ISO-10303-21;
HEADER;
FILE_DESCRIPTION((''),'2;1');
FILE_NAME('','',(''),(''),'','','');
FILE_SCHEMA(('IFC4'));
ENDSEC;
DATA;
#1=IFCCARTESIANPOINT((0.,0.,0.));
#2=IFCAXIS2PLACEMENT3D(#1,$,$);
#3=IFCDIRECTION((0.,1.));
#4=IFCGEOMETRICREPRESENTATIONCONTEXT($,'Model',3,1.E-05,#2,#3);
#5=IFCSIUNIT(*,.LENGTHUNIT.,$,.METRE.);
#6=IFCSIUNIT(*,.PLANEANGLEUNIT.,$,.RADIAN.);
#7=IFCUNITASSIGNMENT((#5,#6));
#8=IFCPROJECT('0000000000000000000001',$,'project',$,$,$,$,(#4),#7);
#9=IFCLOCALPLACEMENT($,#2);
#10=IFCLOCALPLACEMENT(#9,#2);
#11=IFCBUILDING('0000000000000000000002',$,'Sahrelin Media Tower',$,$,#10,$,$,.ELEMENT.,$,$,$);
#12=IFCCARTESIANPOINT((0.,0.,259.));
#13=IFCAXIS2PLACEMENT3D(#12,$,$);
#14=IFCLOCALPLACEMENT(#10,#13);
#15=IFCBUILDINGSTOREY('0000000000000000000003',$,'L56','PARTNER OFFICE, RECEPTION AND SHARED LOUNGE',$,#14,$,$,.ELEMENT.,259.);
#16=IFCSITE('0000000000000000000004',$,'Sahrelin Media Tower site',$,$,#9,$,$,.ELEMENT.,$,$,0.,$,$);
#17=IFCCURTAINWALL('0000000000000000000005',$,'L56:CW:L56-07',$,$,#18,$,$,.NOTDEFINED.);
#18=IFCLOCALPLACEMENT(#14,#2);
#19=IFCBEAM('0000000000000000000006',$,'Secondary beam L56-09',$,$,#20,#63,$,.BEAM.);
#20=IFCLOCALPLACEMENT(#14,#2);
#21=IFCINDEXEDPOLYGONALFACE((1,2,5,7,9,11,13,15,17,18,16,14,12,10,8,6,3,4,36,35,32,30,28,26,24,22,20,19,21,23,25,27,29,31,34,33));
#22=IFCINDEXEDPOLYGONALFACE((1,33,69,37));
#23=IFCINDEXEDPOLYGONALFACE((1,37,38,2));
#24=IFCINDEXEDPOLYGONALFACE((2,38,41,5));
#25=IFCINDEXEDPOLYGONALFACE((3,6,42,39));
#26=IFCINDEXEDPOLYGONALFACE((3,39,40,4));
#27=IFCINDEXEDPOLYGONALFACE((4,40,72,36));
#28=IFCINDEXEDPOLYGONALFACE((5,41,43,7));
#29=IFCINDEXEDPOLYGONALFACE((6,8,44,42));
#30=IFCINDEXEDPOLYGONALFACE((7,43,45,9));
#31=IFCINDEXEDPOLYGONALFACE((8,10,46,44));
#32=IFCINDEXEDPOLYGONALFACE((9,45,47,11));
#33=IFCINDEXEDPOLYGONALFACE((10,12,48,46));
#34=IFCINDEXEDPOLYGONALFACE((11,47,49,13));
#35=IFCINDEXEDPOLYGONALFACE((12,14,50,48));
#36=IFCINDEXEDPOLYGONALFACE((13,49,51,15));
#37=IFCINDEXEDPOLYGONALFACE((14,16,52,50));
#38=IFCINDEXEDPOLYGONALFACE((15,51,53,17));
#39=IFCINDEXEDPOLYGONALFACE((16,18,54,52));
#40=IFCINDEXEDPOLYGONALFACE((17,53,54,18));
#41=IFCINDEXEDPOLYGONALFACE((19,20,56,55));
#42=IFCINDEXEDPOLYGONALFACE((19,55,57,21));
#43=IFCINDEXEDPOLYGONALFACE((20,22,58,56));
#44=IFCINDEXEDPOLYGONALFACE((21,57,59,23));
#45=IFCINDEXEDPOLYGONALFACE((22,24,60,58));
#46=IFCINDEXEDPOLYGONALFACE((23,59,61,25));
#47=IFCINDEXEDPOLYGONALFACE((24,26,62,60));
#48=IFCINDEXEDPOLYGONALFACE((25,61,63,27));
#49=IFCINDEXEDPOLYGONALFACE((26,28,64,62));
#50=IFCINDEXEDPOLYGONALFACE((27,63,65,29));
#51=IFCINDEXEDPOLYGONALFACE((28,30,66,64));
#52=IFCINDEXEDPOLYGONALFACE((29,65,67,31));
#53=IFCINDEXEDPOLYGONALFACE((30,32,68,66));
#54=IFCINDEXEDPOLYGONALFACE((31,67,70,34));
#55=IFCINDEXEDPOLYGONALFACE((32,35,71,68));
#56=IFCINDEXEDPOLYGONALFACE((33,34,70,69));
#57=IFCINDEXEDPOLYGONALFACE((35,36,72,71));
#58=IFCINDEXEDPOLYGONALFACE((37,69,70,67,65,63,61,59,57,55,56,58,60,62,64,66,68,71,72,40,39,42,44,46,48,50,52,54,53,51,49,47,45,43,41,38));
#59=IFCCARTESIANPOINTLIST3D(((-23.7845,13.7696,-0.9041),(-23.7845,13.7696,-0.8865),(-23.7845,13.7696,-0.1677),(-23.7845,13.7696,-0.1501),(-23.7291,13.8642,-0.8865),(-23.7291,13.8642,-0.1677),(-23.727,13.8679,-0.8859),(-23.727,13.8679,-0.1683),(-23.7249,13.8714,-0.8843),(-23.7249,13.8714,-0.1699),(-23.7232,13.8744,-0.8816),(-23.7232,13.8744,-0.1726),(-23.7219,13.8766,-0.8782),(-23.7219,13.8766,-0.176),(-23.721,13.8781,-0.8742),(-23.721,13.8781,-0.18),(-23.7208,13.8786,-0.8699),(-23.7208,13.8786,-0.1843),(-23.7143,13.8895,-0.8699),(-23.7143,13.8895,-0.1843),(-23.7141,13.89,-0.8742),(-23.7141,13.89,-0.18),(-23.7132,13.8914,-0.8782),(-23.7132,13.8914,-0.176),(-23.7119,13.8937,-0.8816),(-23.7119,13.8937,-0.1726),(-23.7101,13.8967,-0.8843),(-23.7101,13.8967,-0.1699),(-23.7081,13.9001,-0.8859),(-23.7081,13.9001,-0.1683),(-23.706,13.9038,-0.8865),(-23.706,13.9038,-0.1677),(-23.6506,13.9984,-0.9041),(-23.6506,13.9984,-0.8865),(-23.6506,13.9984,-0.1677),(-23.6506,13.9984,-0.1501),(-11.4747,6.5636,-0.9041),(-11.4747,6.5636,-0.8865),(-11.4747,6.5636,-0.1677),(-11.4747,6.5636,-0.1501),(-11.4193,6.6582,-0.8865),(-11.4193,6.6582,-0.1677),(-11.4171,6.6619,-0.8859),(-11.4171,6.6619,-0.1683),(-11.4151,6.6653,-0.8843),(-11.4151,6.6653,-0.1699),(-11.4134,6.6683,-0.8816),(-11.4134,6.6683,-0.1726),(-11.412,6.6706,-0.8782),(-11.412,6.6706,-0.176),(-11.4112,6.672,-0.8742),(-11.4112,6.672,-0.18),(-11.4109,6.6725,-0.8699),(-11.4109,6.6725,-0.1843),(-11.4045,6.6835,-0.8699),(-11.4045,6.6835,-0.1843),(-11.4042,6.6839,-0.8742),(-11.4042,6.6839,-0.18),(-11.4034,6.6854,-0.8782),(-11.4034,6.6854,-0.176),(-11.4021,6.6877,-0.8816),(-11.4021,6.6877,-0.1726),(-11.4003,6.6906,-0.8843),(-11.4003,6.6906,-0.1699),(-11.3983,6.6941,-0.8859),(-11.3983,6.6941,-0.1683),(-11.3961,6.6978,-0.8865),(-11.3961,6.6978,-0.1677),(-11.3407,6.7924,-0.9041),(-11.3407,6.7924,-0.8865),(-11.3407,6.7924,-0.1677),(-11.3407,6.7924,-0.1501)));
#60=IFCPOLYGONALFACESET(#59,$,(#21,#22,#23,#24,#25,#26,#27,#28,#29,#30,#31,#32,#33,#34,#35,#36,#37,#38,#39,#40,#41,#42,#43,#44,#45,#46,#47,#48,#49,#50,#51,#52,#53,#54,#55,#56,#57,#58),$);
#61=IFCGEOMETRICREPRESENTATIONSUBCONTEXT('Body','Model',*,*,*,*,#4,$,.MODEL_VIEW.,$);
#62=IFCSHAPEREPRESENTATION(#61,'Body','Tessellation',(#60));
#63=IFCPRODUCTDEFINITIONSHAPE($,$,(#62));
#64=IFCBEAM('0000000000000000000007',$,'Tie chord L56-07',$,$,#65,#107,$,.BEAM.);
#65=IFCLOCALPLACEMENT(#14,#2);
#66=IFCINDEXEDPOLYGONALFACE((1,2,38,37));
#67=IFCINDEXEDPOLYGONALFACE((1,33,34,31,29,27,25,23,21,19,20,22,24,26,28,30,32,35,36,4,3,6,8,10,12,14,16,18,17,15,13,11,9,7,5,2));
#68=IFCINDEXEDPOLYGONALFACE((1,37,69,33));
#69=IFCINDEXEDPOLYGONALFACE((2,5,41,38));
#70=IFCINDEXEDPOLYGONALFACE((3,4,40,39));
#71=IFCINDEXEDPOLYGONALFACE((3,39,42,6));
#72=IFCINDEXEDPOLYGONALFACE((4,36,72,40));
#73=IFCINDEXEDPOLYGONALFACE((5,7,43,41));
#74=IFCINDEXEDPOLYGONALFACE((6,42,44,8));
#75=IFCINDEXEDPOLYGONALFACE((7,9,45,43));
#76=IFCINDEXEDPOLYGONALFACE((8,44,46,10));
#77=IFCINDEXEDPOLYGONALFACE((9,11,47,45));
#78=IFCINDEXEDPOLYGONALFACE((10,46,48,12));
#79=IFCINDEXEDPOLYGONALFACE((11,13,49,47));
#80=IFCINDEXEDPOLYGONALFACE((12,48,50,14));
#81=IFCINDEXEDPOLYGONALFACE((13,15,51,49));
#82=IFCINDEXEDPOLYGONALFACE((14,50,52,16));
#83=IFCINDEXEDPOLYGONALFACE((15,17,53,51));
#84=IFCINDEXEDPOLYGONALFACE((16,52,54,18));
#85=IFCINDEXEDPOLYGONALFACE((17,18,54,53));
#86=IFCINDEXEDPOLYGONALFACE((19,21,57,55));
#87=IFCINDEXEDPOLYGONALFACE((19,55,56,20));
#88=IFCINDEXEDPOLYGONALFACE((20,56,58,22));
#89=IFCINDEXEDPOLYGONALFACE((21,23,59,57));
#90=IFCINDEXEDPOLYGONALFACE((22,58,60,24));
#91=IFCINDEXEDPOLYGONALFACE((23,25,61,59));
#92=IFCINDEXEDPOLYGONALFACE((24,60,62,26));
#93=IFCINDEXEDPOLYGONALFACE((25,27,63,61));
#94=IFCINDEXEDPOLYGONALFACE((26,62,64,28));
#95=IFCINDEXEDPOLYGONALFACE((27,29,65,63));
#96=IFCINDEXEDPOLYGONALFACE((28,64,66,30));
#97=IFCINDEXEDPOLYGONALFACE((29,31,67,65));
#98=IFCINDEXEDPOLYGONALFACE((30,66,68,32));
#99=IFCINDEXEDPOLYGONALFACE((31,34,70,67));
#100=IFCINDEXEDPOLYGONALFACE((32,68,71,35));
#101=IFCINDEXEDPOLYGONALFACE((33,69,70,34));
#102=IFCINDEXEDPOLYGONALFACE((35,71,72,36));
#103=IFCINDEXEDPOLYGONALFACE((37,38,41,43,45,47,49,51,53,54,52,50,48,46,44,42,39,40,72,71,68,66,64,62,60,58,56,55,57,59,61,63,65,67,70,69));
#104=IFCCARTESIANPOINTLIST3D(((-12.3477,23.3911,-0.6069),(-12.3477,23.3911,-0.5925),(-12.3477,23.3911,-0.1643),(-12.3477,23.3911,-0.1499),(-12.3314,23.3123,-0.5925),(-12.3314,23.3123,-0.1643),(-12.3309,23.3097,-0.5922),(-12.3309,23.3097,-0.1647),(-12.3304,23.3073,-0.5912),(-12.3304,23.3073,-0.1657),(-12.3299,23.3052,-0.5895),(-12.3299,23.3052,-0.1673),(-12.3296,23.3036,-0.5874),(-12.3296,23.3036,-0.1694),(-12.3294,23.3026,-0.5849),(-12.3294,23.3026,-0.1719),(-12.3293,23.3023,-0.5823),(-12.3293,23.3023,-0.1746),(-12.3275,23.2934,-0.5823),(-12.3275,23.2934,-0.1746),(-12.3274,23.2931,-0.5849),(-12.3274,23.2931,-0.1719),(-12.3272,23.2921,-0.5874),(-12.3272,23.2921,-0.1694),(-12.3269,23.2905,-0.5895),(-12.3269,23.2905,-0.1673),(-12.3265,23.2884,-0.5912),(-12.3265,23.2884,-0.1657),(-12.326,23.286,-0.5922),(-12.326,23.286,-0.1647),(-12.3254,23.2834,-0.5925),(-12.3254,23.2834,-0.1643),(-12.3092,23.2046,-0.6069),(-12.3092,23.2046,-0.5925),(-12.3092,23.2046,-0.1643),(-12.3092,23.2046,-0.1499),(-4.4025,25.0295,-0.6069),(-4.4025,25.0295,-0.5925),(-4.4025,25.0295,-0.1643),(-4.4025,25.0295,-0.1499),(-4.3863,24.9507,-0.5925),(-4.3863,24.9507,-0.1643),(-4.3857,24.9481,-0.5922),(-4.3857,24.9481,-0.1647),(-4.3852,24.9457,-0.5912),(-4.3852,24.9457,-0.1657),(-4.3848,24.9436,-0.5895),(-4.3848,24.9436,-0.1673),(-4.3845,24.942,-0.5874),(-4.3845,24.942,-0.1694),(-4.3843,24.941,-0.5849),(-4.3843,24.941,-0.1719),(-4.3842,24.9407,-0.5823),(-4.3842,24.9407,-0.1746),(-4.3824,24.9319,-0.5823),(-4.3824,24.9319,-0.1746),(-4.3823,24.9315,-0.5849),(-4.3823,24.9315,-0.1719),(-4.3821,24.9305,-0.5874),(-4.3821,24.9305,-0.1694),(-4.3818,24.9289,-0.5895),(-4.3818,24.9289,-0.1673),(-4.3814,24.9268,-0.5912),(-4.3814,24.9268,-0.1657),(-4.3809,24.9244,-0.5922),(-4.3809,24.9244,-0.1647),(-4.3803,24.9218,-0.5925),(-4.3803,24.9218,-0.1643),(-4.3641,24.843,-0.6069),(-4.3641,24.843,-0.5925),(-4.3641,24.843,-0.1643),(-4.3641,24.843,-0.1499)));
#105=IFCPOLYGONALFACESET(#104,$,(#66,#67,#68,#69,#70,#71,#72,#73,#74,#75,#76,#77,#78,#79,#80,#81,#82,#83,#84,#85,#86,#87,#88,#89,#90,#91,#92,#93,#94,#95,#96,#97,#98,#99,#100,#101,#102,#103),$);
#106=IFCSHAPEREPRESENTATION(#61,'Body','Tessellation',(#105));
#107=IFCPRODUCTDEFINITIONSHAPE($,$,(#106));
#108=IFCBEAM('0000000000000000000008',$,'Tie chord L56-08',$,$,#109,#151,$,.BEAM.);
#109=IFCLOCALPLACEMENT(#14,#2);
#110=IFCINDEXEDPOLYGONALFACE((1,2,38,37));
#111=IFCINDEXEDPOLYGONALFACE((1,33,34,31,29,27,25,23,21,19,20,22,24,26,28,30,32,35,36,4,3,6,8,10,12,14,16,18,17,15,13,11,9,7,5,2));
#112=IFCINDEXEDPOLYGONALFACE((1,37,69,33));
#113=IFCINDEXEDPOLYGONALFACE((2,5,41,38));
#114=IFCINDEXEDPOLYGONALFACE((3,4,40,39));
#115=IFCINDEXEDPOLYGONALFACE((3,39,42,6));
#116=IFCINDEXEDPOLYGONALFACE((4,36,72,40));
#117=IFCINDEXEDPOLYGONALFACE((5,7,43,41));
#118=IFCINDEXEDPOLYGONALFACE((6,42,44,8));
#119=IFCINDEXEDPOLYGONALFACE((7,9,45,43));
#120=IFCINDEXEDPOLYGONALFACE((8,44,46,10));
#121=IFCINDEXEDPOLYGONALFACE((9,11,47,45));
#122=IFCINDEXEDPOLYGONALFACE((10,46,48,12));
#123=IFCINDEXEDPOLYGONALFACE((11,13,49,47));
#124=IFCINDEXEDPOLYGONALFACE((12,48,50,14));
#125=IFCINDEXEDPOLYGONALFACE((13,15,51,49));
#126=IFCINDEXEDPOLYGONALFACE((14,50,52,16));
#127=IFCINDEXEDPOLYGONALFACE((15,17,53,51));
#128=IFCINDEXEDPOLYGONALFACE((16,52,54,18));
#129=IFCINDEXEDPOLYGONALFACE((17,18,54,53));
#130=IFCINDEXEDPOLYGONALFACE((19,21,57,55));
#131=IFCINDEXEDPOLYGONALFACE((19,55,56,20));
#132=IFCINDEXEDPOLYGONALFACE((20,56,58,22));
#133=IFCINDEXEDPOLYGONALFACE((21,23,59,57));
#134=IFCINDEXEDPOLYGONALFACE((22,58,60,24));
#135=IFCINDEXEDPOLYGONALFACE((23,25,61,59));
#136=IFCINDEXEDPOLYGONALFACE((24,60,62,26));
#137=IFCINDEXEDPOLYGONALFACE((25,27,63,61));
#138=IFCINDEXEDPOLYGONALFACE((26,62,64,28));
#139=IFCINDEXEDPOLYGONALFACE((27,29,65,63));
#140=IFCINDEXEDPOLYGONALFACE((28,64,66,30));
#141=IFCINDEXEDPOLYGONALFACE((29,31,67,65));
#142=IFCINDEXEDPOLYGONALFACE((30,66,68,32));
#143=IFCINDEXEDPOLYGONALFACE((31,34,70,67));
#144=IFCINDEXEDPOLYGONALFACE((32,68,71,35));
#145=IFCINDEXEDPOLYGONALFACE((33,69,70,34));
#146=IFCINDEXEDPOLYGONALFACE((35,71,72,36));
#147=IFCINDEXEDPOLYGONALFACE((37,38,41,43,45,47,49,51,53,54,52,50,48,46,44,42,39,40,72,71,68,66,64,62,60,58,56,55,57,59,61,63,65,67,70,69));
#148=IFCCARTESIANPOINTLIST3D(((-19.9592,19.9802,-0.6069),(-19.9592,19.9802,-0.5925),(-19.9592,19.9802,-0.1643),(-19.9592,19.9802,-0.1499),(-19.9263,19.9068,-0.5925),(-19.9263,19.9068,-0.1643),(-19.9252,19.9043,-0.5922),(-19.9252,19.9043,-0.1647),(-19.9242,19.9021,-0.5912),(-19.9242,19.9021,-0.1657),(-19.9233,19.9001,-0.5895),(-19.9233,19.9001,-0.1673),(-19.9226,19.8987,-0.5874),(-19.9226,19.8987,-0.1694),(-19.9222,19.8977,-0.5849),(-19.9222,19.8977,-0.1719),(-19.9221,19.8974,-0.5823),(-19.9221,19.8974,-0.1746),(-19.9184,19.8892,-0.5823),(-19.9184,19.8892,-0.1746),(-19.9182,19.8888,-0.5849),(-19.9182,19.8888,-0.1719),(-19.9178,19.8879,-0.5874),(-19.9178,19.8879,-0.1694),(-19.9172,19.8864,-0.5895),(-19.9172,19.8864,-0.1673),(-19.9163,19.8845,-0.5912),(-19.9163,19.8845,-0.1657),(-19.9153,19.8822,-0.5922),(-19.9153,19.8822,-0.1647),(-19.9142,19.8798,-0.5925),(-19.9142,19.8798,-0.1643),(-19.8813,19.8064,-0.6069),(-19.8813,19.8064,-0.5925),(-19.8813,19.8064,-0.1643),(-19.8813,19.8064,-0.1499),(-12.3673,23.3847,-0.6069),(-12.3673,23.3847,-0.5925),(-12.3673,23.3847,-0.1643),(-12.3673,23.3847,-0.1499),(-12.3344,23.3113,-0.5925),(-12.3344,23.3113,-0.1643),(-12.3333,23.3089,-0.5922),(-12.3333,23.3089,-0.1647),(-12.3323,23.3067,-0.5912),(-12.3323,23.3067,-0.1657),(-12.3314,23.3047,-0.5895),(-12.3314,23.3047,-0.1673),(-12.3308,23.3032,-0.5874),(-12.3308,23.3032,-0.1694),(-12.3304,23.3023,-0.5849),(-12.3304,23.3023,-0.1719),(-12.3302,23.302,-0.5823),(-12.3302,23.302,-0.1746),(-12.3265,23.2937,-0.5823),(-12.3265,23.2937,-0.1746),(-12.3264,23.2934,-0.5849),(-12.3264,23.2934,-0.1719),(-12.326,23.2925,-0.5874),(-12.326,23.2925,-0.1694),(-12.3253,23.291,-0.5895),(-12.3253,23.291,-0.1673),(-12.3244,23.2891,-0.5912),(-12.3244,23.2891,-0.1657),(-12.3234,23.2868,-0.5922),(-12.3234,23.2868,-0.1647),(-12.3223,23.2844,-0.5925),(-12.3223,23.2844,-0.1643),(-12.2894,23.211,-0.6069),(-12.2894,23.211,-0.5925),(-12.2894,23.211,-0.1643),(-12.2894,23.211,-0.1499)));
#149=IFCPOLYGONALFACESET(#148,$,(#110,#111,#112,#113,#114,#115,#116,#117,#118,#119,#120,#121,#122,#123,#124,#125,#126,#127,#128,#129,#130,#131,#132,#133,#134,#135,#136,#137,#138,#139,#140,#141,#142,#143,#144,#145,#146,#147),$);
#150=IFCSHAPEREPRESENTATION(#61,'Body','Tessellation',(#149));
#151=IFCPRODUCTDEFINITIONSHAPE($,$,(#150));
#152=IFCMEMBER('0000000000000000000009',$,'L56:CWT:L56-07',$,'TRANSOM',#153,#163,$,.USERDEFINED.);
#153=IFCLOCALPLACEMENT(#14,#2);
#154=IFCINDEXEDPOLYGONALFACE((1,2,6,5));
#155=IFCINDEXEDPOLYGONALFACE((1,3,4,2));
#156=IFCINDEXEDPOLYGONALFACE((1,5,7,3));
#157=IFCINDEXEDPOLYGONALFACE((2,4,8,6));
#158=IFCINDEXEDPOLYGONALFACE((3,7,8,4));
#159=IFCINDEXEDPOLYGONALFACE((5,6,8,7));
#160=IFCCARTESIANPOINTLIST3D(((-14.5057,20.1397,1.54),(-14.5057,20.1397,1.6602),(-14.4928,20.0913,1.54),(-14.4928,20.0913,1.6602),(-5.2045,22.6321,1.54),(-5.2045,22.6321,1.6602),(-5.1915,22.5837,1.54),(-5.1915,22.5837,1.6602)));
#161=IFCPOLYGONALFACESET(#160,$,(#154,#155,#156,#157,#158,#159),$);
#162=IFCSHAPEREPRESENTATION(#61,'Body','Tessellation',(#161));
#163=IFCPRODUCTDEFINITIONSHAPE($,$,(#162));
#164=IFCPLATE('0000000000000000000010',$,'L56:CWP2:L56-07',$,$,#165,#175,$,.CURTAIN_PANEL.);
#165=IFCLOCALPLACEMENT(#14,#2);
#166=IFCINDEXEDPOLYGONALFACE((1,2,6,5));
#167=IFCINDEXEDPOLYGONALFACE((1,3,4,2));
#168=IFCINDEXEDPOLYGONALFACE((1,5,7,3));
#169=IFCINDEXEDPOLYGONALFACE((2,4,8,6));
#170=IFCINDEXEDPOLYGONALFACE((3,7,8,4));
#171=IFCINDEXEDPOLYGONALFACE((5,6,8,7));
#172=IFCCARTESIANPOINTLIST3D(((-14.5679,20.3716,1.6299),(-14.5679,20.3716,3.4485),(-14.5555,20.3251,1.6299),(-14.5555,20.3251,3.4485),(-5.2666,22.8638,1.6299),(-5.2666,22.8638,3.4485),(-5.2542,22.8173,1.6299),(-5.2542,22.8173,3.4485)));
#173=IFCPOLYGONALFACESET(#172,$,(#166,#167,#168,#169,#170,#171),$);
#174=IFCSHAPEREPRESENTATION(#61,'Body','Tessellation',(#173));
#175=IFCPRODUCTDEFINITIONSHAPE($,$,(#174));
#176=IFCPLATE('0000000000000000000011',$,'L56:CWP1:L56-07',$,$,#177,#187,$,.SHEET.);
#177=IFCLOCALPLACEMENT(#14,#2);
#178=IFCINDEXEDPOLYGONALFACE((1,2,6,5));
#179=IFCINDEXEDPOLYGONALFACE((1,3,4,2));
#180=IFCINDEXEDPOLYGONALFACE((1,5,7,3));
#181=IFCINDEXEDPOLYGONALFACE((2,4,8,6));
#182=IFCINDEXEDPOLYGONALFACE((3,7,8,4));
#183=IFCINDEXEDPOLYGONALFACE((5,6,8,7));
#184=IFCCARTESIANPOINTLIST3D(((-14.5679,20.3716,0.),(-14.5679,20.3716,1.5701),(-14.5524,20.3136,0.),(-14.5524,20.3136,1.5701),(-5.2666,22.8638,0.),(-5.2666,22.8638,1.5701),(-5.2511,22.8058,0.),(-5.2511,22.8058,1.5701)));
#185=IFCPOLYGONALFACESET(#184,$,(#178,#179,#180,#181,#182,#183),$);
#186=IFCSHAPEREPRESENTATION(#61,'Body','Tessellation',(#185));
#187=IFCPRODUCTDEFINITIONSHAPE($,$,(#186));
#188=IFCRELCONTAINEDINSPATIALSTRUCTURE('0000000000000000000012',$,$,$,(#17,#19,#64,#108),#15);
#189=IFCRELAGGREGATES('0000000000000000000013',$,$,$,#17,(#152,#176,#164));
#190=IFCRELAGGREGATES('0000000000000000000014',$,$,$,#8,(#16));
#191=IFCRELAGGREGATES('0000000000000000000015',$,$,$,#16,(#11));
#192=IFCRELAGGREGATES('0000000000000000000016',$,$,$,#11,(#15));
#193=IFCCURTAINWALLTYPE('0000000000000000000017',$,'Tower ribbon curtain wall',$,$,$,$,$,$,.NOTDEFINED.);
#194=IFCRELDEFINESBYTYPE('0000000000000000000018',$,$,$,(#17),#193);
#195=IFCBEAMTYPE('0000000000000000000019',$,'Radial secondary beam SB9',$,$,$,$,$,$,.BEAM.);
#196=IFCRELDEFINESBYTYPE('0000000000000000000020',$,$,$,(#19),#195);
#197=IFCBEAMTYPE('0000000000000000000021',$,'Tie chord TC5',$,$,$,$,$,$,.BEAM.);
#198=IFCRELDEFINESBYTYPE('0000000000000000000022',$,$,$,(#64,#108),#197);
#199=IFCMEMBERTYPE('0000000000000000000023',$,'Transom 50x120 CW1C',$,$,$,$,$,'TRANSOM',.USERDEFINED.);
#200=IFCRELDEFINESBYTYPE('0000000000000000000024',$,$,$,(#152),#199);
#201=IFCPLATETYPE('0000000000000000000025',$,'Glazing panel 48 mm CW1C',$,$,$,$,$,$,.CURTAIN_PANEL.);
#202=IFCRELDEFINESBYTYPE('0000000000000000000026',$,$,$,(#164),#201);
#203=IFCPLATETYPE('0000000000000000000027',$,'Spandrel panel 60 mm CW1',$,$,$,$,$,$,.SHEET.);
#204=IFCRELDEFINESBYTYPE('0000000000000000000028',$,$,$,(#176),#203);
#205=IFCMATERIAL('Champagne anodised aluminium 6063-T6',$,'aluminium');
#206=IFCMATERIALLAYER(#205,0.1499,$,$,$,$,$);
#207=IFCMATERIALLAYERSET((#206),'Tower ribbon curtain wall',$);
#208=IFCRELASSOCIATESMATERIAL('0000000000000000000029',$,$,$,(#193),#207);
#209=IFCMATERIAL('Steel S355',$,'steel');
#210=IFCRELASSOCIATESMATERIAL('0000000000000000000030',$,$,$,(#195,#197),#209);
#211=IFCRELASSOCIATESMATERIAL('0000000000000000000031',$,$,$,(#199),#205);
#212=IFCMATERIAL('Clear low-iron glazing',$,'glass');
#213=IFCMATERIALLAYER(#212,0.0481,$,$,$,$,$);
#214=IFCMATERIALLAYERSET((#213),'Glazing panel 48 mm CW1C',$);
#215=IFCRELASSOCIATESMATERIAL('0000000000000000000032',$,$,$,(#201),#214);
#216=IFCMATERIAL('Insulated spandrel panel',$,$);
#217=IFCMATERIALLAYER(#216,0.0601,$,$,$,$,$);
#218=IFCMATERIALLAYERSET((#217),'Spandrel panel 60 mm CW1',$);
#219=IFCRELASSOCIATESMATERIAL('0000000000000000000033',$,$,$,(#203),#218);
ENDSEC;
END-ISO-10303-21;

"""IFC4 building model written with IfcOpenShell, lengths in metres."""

from ifc_helpers import new_model, si_unit, direction, frame, origin, origin_2d, place, context, subcontext, project, spatial, polyline, rectangle, i_section, outline, extrude, material, layer, layer_set, material_profile, profile_set, type_object, element, aggregate, save


model = new_model("IFC4")

# Units and contexts
model_context = context("Model", 3, precision=1e-05, world=origin(), true_north=direction((0.0, 1.0)))
body_context = subcontext(model_context, "Body", "Model", "MODEL_VIEW")
ifc_project = project(units=[si_unit("LENGTHUNIT", "METRE"), si_unit("PLANEANGLEUNIT", "RADIAN")], contexts=[model_context])

# Site, building, storey
site_placement = place(None, origin())
site = spatial("IfcSite", under=ifc_project, at=site_placement, Name="Sahrelin Media Tower site", CompositionType="ELEMENT", RefElevation=0.0)
building_placement = place(site_placement, origin())
building = spatial("IfcBuilding", under=site, at=building_placement, Name="Sahrelin Media Tower", CompositionType="ELEMENT")
storey_placement = place(building_placement, frame((0.0, 0.0, 259.0)))
storey = spatial("IfcBuildingStorey", under=building, at=storey_placement, Name="L56", Description="PARTNER OFFICE, RECEPTION AND SHARED LOUNGE", CompositionType="ELEMENT", Elevation=259.0)

# Shared definitions
ifc_material_1 = material(Name="Steel S355", Category="steel")

# Curtain wall
ifc_material_2 = material(Name="Champagne anodised aluminium 6063-T6", Category="aluminium")
ifc_layer_1 = layer(ifc_material_2, 0.1499)
ifc_layer_set_1 = layer_set([ifc_layer_1], Name="Tower ribbon curtain wall")
curtain_wall_type = type_object("IfcCurtainWallType", Name="Tower ribbon curtain wall", PredefinedType="NOTDEFINED", material=ifc_layer_set_1)
curtain_wall_placement = place(storey_placement, frame((-9.9121, 21.5984, 0.0), z_axis=(0.0, 0.0, 1.0), x_axis=(1.0, 0.0, 0.0)))
curtain_wall = element("IfcCurtainWall", 1, at=curtain_wall_placement, inside=storey, type_object=curtain_wall_type, Name="L56:CW:L56-07", PredefinedType="NOTDEFINED")

# Beams
ifc_material_profile_1 = material_profile(ifc_material_1, i_section(OverallWidth=0.2651, OverallDepth=0.7539, WebThickness=0.0127, FlangeThickness=0.0176, FilletRadius=0.0166, at=origin_2d()), Name="UB 762x267x147")
ifc_profile_set_1 = profile_set([ifc_material_profile_1], Name="Steel S355")
beam_type_1 = type_object("IfcBeamType", Name="Radial secondary beam SB9", PredefinedType="BEAM", material=ifc_profile_set_1)
beam_1_placement = place(storey_placement, frame((-11.4077, 6.678, -0.5271), z_axis=(-0.863005, 0.505195, 0.0), x_axis=(-0.505195, -0.863005, 0.0)))
element("IfcBeam", 2, at=beam_1_placement, inside=storey, type_object=beam_type_1, Name="Secondary beam L56-09", PredefinedType="BEAM", context=body_context, shape_type="SweptSolid", body=[
    extrude(i_section(OverallWidth=0.2651, OverallDepth=0.7539, WebThickness=0.0127, FlangeThickness=0.0176, FilletRadius=0.0166, at=origin_2d()), origin(), (0.0, 0.0, 1.0), 14.2639),
])
ifc_material_profile_2 = material_profile(ifc_material_1, i_section(OverallWidth=0.1904, OverallDepth=0.457, WebThickness=0.009, FlangeThickness=0.0144, FilletRadius=0.0103, at=origin_2d()), Name="UB 457x191x74")
ifc_profile_set_2 = profile_set([ifc_material_profile_2], Name="Steel S355")
beam_type_2 = type_object("IfcBeamType", Name="Tie chord TC5", PredefinedType="BEAM", material=ifc_profile_set_2)
beam_2_placement = place(storey_placement, frame((-4.3833, 24.9363, -0.3784), z_axis=(-0.979392, -0.20197, 0.0), x_axis=(0.20197, -0.979392, 0.0)))
element("IfcBeam", 3, at=beam_2_placement, inside=storey, type_object=beam_type_2, Name="Tie chord L56-07", PredefinedType="BEAM", context=body_context, shape_type="SweptSolid", body=[
    extrude(i_section(OverallWidth=0.1904, OverallDepth=0.457, WebThickness=0.009, FlangeThickness=0.0144, FilletRadius=0.0103, at=origin_2d()), origin(), (0.0, 0.0, 1.0), 8.1123),
])
beam_3_placement = place(storey_placement, frame((-12.3284, 23.2979, -0.3784), z_axis=(-0.91245, -0.409188, 0.0), x_axis=(0.409188, -0.91245, 0.0)))
element("IfcBeam", 4, at=beam_3_placement, inside=storey, type_object=beam_type_2, Name="Tie chord L56-08", PredefinedType="BEAM", context=body_context, shape_type="SweptSolid", body=[
    extrude(i_section(OverallWidth=0.1904, OverallDepth=0.457, WebThickness=0.009, FlangeThickness=0.0144, FilletRadius=0.0103, at=origin_2d()), origin(), (0.0, 0.0, 1.0), 8.3203),
])

# Member
ifc_material_profile_3 = material_profile(ifc_material_2, rectangle(XDim=0.05, YDim=0.1201, at=origin_2d()), Name="Transom 50x120")
ifc_profile_set_3 = profile_set([ifc_material_profile_3], Name="Champagne anodised aluminium 6063-T6")
member_type_1 = type_object("IfcMemberType", Name="Transom 50x120 CW1C", ElementType="TRANSOM", PredefinedType="USERDEFINED", material=ifc_profile_set_3)
member_1_placement = place(storey_placement, frame((-5.198, 22.6079, 1.6001), z_axis=(-0.965922, -0.258835, 0.0), x_axis=(0.258835, -0.965922, 0.0)))
member_1 = element("IfcMember", 5, at=member_1_placement, type_object=member_type_1, Name="L56:CWT:L56-07", ObjectType="TRANSOM", PredefinedType="USERDEFINED", context=body_context, shape_type="SweptSolid", body=[
    extrude(rectangle(XDim=0.05, YDim=0.1201, at=origin_2d()), origin(), (0.0, 0.0, 1.0), 9.6294),
])

# Plates
ifc_material_3 = material(Name="Clear low-iron glazing", Category="glass")
ifc_layer_2 = layer(ifc_material_3, 0.0481)
ifc_layer_set_2 = layer_set([ifc_layer_2], Name="Glazing panel 48 mm CW1C")
plate_type_1 = type_object("IfcPlateType", Name="Glazing panel 48 mm CW1C", PredefinedType="CURTAIN_PANEL", material=ifc_layer_set_2)
plate_1_placement = place(storey_placement, frame((-5.2666, 22.8638, 1.6299), z_axis=(-0.258811, 0.965928, 0.0), x_axis=(-0.965928, -0.258811, 0.0)))
plate_1 = element("IfcPlate", 6, at=plate_1_placement, type_object=plate_type_1, Name="L56:CWP2:L56-07", PredefinedType="CURTAIN_PANEL", context=body_context, shape_type="SweptSolid", body=[
    extrude(outline(polyline([(0.0, 0.0), (9.6294, 0.0), (9.6294, 1.8186), (0.0, 1.8186), (0.0, 0.0)])), origin(), (0.0, 0.0, -1.0), 0.0481),
])
ifc_material_4 = material(Name="Insulated spandrel panel")
ifc_layer_3 = layer(ifc_material_4, 0.0601)
ifc_layer_set_3 = layer_set([ifc_layer_3], Name="Spandrel panel 60 mm CW1")
plate_type_2 = type_object("IfcPlateType", Name="Spandrel panel 60 mm CW1", PredefinedType="SHEET", material=ifc_layer_set_3)
plate_2_placement = place(storey_placement, frame((-5.2666, 22.8638, 0.0), z_axis=(-0.258811, 0.965928, 0.0), x_axis=(-0.965928, -0.258811, 0.0)))
plate_2 = element("IfcPlate", 7, at=plate_2_placement, type_object=plate_type_2, Name="L56:CWP1:L56-07", PredefinedType="SHEET", context=body_context, shape_type="SweptSolid", body=[
    extrude(outline(polyline([(0.0, 0.0), (9.6294, 0.0), (9.6294, 1.5701), (0.0, 1.5701), (0.0, 0.0)])), origin(), (0.0, 0.0, -1.0), 0.0601),
])
aggregate(curtain_wall, [member_1, plate_2, plate_1])

save(model, "model.ifc")
